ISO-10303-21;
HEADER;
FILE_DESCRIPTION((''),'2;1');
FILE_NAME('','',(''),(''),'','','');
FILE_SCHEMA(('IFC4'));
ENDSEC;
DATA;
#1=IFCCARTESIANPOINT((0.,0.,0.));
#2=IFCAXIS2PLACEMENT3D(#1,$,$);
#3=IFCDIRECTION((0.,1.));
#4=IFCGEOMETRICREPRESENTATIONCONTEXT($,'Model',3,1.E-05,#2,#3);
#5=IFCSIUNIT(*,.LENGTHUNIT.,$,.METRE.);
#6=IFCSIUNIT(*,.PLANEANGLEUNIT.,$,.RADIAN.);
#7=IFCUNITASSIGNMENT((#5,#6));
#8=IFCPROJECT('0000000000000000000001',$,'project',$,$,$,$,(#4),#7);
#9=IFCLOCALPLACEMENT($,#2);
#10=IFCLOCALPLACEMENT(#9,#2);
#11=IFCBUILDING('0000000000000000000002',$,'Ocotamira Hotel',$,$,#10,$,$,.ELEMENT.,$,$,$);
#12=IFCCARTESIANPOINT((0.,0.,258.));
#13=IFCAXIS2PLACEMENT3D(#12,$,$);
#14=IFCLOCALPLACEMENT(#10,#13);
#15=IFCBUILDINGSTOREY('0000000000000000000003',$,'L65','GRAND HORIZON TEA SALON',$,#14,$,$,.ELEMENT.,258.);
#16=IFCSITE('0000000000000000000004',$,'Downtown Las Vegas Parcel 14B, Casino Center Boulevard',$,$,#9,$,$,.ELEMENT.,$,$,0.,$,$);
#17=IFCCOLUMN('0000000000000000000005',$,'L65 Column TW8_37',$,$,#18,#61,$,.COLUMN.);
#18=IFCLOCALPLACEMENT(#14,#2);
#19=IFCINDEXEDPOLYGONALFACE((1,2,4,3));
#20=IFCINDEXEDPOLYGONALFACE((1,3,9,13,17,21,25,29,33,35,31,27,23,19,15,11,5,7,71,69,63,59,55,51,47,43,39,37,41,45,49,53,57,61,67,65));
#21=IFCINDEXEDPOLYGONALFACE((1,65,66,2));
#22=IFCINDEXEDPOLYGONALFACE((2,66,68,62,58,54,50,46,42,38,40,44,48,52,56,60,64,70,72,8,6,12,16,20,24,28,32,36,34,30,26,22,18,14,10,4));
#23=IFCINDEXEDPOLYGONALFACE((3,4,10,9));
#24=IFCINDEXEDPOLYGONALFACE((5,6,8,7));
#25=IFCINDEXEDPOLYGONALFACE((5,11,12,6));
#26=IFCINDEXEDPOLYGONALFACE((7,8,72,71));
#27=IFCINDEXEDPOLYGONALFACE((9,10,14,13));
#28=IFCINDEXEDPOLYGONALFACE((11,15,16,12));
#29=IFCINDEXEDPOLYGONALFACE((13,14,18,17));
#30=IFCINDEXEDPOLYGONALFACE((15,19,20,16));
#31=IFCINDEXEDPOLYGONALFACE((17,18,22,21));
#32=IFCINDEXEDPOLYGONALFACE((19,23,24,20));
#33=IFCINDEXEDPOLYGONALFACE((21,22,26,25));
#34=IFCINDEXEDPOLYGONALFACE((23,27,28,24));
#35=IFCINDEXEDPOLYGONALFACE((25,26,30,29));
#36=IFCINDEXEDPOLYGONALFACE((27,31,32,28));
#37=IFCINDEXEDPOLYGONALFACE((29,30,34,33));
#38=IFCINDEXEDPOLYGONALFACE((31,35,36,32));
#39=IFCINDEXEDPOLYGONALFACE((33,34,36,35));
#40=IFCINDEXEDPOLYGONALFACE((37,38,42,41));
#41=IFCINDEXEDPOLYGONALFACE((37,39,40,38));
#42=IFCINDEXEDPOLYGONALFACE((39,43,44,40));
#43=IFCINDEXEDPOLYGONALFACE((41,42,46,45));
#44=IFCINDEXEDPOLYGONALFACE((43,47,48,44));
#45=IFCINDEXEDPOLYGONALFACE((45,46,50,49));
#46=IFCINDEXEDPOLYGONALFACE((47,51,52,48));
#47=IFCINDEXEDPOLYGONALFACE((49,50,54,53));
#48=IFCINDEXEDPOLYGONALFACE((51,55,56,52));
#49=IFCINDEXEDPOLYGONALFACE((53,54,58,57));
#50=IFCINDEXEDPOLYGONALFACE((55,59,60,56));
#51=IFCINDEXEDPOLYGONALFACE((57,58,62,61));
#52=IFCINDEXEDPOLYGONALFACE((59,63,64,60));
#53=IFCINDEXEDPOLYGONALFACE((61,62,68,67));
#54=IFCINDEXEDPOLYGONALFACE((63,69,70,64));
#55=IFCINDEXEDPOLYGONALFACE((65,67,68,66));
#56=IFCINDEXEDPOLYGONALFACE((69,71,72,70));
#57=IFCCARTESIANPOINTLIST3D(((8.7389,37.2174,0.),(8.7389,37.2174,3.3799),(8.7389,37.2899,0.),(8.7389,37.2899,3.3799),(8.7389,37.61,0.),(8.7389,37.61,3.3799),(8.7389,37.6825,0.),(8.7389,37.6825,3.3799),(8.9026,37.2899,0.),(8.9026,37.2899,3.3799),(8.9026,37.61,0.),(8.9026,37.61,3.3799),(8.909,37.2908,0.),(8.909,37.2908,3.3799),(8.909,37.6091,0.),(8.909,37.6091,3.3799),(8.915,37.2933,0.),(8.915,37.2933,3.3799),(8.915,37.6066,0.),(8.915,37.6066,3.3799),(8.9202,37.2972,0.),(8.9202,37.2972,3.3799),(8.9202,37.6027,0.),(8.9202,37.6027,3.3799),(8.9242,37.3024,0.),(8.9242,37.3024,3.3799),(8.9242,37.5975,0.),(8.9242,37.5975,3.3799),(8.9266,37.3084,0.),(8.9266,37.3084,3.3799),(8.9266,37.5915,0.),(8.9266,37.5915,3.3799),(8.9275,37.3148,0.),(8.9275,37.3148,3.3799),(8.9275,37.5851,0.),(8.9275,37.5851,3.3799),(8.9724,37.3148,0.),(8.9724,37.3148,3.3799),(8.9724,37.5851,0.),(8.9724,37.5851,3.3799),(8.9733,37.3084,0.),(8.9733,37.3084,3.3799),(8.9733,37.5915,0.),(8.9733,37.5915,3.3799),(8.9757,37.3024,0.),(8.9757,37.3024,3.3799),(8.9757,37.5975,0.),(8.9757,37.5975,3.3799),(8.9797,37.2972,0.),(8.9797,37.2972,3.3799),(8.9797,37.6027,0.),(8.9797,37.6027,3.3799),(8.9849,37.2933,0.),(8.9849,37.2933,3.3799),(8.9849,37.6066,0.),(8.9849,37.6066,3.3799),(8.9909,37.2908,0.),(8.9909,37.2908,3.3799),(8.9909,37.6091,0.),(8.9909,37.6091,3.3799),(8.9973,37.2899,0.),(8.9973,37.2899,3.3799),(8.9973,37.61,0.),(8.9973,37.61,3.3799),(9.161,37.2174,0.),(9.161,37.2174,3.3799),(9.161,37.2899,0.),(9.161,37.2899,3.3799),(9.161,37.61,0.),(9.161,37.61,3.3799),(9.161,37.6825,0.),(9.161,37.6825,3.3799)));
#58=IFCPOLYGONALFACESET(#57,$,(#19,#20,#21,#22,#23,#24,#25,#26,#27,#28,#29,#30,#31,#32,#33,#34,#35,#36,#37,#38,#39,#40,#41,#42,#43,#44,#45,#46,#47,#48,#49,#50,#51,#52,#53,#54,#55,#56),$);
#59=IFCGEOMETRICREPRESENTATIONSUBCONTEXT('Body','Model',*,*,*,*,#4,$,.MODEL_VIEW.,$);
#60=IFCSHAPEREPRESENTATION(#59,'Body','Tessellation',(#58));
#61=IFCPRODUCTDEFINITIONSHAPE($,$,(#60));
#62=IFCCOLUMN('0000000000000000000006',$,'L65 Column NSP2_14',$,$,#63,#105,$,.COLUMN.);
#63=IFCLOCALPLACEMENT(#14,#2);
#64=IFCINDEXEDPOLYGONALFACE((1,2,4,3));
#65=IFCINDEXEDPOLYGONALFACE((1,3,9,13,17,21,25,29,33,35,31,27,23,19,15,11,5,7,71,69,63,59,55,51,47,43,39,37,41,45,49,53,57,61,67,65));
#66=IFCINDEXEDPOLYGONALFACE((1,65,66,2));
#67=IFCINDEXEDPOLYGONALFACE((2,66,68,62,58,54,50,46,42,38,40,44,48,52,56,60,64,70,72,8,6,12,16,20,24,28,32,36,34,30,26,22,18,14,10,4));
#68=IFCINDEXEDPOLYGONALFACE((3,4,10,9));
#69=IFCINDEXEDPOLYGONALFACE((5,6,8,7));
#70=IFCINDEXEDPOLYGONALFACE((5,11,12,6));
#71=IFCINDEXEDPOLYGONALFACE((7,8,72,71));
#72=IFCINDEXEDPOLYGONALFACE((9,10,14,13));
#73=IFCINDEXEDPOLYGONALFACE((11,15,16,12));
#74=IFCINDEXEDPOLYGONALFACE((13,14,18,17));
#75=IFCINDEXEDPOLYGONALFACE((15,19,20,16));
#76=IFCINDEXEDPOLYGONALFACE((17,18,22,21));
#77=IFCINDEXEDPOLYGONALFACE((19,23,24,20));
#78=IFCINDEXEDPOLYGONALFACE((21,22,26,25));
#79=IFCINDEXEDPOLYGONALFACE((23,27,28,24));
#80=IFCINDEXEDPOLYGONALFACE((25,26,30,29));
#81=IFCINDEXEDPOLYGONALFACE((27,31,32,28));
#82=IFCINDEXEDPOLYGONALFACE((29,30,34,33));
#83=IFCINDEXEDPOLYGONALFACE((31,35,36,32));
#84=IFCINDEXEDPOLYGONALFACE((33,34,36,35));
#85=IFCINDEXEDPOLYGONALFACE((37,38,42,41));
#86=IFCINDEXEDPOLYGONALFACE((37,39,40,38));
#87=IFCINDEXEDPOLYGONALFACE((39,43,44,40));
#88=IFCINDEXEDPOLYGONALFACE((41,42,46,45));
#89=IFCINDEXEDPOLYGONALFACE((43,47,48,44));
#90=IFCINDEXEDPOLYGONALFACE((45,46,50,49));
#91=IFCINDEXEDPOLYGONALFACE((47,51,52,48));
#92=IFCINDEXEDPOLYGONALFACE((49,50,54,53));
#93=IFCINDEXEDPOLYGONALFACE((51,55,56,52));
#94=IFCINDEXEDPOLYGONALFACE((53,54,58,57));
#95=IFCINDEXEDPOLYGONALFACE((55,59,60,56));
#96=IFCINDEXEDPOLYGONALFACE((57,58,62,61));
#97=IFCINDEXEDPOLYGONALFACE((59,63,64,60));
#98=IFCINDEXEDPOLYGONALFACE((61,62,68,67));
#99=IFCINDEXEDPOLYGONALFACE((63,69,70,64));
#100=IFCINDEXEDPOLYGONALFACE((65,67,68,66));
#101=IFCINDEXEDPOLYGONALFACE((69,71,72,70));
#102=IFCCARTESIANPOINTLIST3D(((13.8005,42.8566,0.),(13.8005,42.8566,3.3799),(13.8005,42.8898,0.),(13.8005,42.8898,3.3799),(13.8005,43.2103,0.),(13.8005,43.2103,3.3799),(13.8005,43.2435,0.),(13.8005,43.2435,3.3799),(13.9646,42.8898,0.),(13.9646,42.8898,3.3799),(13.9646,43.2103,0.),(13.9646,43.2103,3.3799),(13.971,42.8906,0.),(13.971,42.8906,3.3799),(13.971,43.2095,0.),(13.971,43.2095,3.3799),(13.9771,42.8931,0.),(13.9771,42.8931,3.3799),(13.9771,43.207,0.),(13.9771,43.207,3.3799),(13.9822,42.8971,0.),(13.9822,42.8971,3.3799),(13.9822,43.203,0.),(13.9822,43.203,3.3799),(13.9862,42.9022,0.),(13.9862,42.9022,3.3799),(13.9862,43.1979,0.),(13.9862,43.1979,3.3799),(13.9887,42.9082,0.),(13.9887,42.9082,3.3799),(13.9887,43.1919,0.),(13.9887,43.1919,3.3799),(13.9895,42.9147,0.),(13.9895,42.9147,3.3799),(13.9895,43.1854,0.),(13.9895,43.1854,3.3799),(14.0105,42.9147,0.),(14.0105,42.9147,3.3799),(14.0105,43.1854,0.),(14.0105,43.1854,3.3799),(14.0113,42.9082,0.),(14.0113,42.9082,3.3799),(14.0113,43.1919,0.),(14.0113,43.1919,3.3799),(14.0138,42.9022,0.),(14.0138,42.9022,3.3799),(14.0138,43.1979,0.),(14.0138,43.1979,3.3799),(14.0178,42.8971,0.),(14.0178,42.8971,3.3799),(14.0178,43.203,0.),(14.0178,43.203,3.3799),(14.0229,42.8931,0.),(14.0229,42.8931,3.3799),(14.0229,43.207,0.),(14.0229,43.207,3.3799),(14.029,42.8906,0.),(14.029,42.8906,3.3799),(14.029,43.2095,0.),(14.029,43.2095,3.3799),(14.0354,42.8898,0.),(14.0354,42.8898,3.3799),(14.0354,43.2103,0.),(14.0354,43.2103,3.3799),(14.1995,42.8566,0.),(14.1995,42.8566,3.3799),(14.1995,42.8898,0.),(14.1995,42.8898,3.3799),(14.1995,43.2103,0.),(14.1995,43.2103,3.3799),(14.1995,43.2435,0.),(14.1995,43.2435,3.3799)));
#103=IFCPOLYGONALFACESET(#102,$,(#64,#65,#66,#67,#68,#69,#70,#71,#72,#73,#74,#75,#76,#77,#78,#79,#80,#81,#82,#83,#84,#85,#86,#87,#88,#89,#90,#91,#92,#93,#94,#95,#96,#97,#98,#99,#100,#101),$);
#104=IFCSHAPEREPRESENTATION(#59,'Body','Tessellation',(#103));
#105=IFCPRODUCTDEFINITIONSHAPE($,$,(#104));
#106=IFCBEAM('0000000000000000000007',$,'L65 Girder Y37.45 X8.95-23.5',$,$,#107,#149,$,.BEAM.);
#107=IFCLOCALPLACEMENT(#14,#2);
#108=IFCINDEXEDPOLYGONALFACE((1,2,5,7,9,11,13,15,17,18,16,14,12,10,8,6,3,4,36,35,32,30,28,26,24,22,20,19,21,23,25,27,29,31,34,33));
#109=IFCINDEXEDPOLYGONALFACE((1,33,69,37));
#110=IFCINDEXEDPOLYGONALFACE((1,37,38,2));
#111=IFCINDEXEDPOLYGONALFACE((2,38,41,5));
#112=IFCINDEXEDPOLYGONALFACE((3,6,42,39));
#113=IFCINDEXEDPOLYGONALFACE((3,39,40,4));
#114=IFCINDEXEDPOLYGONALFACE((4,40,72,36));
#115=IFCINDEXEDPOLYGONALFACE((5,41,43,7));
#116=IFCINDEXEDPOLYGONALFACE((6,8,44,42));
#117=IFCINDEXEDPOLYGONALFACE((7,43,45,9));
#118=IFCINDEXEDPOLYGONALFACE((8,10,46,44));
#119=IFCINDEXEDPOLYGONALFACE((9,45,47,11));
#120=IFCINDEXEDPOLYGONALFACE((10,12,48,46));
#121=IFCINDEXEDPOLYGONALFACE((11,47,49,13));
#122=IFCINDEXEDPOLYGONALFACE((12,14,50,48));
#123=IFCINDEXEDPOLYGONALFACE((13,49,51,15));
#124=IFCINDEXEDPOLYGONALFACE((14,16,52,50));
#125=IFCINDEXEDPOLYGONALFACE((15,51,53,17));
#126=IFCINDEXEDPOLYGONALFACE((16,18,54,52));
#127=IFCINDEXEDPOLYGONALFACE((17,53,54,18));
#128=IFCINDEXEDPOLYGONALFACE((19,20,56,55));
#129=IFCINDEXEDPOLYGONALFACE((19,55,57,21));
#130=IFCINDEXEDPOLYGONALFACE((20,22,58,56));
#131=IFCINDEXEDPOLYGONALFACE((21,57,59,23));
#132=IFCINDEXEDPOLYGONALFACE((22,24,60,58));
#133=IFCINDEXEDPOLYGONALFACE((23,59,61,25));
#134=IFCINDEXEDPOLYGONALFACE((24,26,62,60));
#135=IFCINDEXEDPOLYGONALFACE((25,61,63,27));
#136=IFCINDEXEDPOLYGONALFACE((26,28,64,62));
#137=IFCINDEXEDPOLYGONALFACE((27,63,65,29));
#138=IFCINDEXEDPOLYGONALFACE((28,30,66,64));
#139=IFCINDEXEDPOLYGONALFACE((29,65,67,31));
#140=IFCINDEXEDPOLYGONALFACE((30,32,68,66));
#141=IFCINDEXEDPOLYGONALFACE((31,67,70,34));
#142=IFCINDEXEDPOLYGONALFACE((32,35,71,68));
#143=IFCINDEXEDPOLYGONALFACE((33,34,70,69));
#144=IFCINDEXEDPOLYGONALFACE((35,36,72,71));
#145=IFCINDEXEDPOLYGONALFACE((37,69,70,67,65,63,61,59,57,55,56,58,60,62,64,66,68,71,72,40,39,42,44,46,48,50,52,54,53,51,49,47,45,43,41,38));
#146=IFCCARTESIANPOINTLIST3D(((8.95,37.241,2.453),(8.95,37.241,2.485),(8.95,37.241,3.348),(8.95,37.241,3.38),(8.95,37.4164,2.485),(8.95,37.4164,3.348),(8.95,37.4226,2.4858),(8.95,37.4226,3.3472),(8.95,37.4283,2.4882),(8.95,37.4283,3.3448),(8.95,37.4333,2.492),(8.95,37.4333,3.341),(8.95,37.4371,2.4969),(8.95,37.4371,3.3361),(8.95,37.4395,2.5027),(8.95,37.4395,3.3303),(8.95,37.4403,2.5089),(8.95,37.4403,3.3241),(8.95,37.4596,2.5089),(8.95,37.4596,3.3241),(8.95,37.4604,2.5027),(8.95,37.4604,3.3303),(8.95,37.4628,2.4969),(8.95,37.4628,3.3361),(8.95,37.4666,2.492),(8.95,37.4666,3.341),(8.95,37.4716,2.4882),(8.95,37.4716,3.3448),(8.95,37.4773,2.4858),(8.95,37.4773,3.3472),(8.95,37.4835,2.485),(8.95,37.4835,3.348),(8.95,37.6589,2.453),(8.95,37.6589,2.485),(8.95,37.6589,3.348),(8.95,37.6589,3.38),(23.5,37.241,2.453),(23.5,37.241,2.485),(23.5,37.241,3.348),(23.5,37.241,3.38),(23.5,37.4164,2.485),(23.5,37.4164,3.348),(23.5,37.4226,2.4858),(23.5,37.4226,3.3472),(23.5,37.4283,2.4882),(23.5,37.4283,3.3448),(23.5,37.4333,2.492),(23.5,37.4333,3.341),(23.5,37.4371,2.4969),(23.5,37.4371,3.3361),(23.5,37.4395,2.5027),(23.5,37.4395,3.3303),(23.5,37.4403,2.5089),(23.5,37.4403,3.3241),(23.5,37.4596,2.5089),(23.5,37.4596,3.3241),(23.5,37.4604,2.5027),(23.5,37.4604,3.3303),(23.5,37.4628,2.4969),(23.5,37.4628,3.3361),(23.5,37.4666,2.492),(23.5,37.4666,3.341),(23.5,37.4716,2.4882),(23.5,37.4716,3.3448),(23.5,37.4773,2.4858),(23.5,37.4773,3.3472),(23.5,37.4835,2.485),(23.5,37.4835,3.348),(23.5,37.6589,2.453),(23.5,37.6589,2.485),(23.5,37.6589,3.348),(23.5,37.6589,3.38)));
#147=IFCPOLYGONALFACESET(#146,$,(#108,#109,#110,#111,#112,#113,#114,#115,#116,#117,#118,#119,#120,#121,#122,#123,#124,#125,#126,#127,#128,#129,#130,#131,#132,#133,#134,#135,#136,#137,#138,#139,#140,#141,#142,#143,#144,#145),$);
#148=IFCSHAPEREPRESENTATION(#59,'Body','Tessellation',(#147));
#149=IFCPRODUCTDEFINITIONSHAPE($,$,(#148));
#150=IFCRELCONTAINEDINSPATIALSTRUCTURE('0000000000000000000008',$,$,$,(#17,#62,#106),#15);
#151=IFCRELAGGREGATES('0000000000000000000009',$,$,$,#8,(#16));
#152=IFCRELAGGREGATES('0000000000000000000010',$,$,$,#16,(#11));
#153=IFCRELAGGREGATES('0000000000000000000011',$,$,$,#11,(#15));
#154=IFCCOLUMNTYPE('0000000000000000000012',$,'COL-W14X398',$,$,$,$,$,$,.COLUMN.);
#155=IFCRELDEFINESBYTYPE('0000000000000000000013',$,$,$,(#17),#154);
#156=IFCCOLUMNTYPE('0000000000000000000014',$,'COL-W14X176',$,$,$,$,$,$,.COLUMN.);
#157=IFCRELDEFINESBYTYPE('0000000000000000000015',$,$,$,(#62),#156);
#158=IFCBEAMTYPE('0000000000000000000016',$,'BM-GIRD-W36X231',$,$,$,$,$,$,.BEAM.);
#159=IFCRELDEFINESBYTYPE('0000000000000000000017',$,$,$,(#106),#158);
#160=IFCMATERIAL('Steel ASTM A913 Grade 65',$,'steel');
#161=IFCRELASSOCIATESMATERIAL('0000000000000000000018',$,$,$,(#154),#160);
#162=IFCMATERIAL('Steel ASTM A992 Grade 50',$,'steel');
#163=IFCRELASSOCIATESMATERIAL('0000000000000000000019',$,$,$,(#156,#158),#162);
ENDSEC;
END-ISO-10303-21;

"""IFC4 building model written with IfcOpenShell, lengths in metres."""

from ifc_helpers import new_model, si_unit, direction, frame, origin, origin_2d, place, context, subcontext, project, spatial, i_section, extrude, source, transform, mapped, material, material_profile, profile_set, type_object, element, save


model = new_model("IFC4")

# Units and contexts
model_context = context("Model", 3, precision=1e-05, world=origin(), true_north=direction((0.0, 1.0)))
body_context = subcontext(model_context, "Body", "Model", "MODEL_VIEW")
ifc_project = project(units=[si_unit("LENGTHUNIT", "METRE"), si_unit("PLANEANGLEUNIT", "RADIAN")], contexts=[model_context])

# Site, building, storey
site_placement = place(None, origin())
site = spatial("IfcSite", under=ifc_project, at=site_placement, Name="Downtown Las Vegas Parcel 14B, Casino Center Boulevard", CompositionType="ELEMENT", RefElevation=0.0)
building_placement = place(site_placement, origin())
building = spatial("IfcBuilding", under=site, at=building_placement, Name="Ocotamira Hotel", CompositionType="ELEMENT")
storey_placement = place(building_placement, frame((0.0, 0.0, 258.0)))
storey = spatial("IfcBuildingStorey", under=building, at=storey_placement, Name="L65", Description="GRAND HORIZON TEA SALON", CompositionType="ELEMENT", Elevation=258.0)

# Columns
ifc_material_1 = material(Name="Steel ASTM A913 Grade 65", Category="steel")
ifc_material_profile_1 = material_profile(ifc_material_1, i_section(OverallWidth=0.4221, OverallDepth=0.4651, WebThickness=0.0449, FlangeThickness=0.0725, FilletRadius=0.0249, at=origin_2d()), Name="W14X398")
ifc_profile_set_1 = profile_set([ifc_material_profile_1], Name="Steel ASTM A913 Grade 65")
column_type_1 = type_object("IfcColumnType", Name="COL-W14X398", PredefinedType="COLUMN", material=ifc_profile_set_1)
shared_shape_1 = source(origin(), body_context, "Body", "SweptSolid", [
    extrude(i_section(OverallWidth=0.4221, OverallDepth=0.4651, WebThickness=0.0449, FlangeThickness=0.0725, FilletRadius=0.0249, at=origin_2d()), origin(), (0.0, 0.0, 1.0), 3.3799),
])
column_1_placement = place(storey_placement, frame((8.95, 37.45, 0.0), z_axis=(0.0, 0.0, 1.0), x_axis=(1.0, 0.0, 0.0)))
element("IfcColumn", 1, at=column_1_placement, inside=storey, type_object=column_type_1, Name="L65 Column TW8_37", PredefinedType="COLUMN", context=body_context, shape_type="MappedRepresentation", body=[
    mapped(shared_shape_1, transform((0.0, 0.0, 0.0), scale=1.0)),
])
ifc_material_2 = material(Name="Steel ASTM A992 Grade 50", Category="steel")
ifc_material_profile_2 = material_profile(ifc_material_2, i_section(OverallWidth=0.3989, OverallDepth=0.387, WebThickness=0.021, FlangeThickness=0.0332, FilletRadius=0.0249, at=origin_2d()), Name="W14X176")
ifc_profile_set_2 = profile_set([ifc_material_profile_2], Name="Steel ASTM A992 Grade 50")
column_type_2 = type_object("IfcColumnType", Name="COL-W14X176", PredefinedType="COLUMN", material=ifc_profile_set_2)
shared_shape_2 = source(origin(), body_context, "Body", "SweptSolid", [
    extrude(i_section(OverallWidth=0.3989, OverallDepth=0.387, WebThickness=0.021, FlangeThickness=0.0332, FilletRadius=0.0249, at=origin_2d()), origin(), (0.0, 0.0, 1.0), 3.3799),
])
column_2_placement = place(storey_placement, frame((14.0, 43.05, 0.0), z_axis=(0.0, 0.0, 1.0), x_axis=(1.0, 0.0, 0.0)))
element("IfcColumn", 2, at=column_2_placement, inside=storey, type_object=column_type_2, Name="L65 Column NSP2_14", PredefinedType="COLUMN", context=body_context, shape_type="MappedRepresentation", body=[
    mapped(shared_shape_2, transform((0.0, 0.0, 0.0), scale=1.0)),
])

# Beam
ifc_material_profile_3 = material_profile(ifc_material_2, i_section(OverallWidth=0.418, OverallDepth=0.927, WebThickness=0.0193, FlangeThickness=0.032, FilletRadius=0.0239, at=origin_2d()), Name="W36X231")
ifc_profile_set_3 = profile_set([ifc_material_profile_3], Name="Steel ASTM A992 Grade 50")
beam_type_1 = type_object("IfcBeamType", Name="BM-GIRD-W36X231", PredefinedType="BEAM", material=ifc_profile_set_3)
shared_shape_3 = source(origin(), body_context, "Body", "SweptSolid", [
    extrude(i_section(OverallWidth=0.418, OverallDepth=0.927, WebThickness=0.0193, FlangeThickness=0.032, FilletRadius=0.0239, at=origin_2d()), origin(), (0.0, 0.0, 1.0), 14.55),
])
beam_1_placement = place(storey_placement, frame((8.95, 37.45, 2.9165), z_axis=(1.0, 0.0, 0.0), x_axis=(0.0, 1.0, 0.0)))
element("IfcBeam", 3, at=beam_1_placement, inside=storey, type_object=beam_type_1, Name="L65 Girder Y37.45 X8.95-23.5", PredefinedType="BEAM", context=body_context, shape_type="MappedRepresentation", body=[
    mapped(shared_shape_3, transform((0.0, 0.0, 0.0), scale=1.0)),
])

save(model, "model.ifc")
